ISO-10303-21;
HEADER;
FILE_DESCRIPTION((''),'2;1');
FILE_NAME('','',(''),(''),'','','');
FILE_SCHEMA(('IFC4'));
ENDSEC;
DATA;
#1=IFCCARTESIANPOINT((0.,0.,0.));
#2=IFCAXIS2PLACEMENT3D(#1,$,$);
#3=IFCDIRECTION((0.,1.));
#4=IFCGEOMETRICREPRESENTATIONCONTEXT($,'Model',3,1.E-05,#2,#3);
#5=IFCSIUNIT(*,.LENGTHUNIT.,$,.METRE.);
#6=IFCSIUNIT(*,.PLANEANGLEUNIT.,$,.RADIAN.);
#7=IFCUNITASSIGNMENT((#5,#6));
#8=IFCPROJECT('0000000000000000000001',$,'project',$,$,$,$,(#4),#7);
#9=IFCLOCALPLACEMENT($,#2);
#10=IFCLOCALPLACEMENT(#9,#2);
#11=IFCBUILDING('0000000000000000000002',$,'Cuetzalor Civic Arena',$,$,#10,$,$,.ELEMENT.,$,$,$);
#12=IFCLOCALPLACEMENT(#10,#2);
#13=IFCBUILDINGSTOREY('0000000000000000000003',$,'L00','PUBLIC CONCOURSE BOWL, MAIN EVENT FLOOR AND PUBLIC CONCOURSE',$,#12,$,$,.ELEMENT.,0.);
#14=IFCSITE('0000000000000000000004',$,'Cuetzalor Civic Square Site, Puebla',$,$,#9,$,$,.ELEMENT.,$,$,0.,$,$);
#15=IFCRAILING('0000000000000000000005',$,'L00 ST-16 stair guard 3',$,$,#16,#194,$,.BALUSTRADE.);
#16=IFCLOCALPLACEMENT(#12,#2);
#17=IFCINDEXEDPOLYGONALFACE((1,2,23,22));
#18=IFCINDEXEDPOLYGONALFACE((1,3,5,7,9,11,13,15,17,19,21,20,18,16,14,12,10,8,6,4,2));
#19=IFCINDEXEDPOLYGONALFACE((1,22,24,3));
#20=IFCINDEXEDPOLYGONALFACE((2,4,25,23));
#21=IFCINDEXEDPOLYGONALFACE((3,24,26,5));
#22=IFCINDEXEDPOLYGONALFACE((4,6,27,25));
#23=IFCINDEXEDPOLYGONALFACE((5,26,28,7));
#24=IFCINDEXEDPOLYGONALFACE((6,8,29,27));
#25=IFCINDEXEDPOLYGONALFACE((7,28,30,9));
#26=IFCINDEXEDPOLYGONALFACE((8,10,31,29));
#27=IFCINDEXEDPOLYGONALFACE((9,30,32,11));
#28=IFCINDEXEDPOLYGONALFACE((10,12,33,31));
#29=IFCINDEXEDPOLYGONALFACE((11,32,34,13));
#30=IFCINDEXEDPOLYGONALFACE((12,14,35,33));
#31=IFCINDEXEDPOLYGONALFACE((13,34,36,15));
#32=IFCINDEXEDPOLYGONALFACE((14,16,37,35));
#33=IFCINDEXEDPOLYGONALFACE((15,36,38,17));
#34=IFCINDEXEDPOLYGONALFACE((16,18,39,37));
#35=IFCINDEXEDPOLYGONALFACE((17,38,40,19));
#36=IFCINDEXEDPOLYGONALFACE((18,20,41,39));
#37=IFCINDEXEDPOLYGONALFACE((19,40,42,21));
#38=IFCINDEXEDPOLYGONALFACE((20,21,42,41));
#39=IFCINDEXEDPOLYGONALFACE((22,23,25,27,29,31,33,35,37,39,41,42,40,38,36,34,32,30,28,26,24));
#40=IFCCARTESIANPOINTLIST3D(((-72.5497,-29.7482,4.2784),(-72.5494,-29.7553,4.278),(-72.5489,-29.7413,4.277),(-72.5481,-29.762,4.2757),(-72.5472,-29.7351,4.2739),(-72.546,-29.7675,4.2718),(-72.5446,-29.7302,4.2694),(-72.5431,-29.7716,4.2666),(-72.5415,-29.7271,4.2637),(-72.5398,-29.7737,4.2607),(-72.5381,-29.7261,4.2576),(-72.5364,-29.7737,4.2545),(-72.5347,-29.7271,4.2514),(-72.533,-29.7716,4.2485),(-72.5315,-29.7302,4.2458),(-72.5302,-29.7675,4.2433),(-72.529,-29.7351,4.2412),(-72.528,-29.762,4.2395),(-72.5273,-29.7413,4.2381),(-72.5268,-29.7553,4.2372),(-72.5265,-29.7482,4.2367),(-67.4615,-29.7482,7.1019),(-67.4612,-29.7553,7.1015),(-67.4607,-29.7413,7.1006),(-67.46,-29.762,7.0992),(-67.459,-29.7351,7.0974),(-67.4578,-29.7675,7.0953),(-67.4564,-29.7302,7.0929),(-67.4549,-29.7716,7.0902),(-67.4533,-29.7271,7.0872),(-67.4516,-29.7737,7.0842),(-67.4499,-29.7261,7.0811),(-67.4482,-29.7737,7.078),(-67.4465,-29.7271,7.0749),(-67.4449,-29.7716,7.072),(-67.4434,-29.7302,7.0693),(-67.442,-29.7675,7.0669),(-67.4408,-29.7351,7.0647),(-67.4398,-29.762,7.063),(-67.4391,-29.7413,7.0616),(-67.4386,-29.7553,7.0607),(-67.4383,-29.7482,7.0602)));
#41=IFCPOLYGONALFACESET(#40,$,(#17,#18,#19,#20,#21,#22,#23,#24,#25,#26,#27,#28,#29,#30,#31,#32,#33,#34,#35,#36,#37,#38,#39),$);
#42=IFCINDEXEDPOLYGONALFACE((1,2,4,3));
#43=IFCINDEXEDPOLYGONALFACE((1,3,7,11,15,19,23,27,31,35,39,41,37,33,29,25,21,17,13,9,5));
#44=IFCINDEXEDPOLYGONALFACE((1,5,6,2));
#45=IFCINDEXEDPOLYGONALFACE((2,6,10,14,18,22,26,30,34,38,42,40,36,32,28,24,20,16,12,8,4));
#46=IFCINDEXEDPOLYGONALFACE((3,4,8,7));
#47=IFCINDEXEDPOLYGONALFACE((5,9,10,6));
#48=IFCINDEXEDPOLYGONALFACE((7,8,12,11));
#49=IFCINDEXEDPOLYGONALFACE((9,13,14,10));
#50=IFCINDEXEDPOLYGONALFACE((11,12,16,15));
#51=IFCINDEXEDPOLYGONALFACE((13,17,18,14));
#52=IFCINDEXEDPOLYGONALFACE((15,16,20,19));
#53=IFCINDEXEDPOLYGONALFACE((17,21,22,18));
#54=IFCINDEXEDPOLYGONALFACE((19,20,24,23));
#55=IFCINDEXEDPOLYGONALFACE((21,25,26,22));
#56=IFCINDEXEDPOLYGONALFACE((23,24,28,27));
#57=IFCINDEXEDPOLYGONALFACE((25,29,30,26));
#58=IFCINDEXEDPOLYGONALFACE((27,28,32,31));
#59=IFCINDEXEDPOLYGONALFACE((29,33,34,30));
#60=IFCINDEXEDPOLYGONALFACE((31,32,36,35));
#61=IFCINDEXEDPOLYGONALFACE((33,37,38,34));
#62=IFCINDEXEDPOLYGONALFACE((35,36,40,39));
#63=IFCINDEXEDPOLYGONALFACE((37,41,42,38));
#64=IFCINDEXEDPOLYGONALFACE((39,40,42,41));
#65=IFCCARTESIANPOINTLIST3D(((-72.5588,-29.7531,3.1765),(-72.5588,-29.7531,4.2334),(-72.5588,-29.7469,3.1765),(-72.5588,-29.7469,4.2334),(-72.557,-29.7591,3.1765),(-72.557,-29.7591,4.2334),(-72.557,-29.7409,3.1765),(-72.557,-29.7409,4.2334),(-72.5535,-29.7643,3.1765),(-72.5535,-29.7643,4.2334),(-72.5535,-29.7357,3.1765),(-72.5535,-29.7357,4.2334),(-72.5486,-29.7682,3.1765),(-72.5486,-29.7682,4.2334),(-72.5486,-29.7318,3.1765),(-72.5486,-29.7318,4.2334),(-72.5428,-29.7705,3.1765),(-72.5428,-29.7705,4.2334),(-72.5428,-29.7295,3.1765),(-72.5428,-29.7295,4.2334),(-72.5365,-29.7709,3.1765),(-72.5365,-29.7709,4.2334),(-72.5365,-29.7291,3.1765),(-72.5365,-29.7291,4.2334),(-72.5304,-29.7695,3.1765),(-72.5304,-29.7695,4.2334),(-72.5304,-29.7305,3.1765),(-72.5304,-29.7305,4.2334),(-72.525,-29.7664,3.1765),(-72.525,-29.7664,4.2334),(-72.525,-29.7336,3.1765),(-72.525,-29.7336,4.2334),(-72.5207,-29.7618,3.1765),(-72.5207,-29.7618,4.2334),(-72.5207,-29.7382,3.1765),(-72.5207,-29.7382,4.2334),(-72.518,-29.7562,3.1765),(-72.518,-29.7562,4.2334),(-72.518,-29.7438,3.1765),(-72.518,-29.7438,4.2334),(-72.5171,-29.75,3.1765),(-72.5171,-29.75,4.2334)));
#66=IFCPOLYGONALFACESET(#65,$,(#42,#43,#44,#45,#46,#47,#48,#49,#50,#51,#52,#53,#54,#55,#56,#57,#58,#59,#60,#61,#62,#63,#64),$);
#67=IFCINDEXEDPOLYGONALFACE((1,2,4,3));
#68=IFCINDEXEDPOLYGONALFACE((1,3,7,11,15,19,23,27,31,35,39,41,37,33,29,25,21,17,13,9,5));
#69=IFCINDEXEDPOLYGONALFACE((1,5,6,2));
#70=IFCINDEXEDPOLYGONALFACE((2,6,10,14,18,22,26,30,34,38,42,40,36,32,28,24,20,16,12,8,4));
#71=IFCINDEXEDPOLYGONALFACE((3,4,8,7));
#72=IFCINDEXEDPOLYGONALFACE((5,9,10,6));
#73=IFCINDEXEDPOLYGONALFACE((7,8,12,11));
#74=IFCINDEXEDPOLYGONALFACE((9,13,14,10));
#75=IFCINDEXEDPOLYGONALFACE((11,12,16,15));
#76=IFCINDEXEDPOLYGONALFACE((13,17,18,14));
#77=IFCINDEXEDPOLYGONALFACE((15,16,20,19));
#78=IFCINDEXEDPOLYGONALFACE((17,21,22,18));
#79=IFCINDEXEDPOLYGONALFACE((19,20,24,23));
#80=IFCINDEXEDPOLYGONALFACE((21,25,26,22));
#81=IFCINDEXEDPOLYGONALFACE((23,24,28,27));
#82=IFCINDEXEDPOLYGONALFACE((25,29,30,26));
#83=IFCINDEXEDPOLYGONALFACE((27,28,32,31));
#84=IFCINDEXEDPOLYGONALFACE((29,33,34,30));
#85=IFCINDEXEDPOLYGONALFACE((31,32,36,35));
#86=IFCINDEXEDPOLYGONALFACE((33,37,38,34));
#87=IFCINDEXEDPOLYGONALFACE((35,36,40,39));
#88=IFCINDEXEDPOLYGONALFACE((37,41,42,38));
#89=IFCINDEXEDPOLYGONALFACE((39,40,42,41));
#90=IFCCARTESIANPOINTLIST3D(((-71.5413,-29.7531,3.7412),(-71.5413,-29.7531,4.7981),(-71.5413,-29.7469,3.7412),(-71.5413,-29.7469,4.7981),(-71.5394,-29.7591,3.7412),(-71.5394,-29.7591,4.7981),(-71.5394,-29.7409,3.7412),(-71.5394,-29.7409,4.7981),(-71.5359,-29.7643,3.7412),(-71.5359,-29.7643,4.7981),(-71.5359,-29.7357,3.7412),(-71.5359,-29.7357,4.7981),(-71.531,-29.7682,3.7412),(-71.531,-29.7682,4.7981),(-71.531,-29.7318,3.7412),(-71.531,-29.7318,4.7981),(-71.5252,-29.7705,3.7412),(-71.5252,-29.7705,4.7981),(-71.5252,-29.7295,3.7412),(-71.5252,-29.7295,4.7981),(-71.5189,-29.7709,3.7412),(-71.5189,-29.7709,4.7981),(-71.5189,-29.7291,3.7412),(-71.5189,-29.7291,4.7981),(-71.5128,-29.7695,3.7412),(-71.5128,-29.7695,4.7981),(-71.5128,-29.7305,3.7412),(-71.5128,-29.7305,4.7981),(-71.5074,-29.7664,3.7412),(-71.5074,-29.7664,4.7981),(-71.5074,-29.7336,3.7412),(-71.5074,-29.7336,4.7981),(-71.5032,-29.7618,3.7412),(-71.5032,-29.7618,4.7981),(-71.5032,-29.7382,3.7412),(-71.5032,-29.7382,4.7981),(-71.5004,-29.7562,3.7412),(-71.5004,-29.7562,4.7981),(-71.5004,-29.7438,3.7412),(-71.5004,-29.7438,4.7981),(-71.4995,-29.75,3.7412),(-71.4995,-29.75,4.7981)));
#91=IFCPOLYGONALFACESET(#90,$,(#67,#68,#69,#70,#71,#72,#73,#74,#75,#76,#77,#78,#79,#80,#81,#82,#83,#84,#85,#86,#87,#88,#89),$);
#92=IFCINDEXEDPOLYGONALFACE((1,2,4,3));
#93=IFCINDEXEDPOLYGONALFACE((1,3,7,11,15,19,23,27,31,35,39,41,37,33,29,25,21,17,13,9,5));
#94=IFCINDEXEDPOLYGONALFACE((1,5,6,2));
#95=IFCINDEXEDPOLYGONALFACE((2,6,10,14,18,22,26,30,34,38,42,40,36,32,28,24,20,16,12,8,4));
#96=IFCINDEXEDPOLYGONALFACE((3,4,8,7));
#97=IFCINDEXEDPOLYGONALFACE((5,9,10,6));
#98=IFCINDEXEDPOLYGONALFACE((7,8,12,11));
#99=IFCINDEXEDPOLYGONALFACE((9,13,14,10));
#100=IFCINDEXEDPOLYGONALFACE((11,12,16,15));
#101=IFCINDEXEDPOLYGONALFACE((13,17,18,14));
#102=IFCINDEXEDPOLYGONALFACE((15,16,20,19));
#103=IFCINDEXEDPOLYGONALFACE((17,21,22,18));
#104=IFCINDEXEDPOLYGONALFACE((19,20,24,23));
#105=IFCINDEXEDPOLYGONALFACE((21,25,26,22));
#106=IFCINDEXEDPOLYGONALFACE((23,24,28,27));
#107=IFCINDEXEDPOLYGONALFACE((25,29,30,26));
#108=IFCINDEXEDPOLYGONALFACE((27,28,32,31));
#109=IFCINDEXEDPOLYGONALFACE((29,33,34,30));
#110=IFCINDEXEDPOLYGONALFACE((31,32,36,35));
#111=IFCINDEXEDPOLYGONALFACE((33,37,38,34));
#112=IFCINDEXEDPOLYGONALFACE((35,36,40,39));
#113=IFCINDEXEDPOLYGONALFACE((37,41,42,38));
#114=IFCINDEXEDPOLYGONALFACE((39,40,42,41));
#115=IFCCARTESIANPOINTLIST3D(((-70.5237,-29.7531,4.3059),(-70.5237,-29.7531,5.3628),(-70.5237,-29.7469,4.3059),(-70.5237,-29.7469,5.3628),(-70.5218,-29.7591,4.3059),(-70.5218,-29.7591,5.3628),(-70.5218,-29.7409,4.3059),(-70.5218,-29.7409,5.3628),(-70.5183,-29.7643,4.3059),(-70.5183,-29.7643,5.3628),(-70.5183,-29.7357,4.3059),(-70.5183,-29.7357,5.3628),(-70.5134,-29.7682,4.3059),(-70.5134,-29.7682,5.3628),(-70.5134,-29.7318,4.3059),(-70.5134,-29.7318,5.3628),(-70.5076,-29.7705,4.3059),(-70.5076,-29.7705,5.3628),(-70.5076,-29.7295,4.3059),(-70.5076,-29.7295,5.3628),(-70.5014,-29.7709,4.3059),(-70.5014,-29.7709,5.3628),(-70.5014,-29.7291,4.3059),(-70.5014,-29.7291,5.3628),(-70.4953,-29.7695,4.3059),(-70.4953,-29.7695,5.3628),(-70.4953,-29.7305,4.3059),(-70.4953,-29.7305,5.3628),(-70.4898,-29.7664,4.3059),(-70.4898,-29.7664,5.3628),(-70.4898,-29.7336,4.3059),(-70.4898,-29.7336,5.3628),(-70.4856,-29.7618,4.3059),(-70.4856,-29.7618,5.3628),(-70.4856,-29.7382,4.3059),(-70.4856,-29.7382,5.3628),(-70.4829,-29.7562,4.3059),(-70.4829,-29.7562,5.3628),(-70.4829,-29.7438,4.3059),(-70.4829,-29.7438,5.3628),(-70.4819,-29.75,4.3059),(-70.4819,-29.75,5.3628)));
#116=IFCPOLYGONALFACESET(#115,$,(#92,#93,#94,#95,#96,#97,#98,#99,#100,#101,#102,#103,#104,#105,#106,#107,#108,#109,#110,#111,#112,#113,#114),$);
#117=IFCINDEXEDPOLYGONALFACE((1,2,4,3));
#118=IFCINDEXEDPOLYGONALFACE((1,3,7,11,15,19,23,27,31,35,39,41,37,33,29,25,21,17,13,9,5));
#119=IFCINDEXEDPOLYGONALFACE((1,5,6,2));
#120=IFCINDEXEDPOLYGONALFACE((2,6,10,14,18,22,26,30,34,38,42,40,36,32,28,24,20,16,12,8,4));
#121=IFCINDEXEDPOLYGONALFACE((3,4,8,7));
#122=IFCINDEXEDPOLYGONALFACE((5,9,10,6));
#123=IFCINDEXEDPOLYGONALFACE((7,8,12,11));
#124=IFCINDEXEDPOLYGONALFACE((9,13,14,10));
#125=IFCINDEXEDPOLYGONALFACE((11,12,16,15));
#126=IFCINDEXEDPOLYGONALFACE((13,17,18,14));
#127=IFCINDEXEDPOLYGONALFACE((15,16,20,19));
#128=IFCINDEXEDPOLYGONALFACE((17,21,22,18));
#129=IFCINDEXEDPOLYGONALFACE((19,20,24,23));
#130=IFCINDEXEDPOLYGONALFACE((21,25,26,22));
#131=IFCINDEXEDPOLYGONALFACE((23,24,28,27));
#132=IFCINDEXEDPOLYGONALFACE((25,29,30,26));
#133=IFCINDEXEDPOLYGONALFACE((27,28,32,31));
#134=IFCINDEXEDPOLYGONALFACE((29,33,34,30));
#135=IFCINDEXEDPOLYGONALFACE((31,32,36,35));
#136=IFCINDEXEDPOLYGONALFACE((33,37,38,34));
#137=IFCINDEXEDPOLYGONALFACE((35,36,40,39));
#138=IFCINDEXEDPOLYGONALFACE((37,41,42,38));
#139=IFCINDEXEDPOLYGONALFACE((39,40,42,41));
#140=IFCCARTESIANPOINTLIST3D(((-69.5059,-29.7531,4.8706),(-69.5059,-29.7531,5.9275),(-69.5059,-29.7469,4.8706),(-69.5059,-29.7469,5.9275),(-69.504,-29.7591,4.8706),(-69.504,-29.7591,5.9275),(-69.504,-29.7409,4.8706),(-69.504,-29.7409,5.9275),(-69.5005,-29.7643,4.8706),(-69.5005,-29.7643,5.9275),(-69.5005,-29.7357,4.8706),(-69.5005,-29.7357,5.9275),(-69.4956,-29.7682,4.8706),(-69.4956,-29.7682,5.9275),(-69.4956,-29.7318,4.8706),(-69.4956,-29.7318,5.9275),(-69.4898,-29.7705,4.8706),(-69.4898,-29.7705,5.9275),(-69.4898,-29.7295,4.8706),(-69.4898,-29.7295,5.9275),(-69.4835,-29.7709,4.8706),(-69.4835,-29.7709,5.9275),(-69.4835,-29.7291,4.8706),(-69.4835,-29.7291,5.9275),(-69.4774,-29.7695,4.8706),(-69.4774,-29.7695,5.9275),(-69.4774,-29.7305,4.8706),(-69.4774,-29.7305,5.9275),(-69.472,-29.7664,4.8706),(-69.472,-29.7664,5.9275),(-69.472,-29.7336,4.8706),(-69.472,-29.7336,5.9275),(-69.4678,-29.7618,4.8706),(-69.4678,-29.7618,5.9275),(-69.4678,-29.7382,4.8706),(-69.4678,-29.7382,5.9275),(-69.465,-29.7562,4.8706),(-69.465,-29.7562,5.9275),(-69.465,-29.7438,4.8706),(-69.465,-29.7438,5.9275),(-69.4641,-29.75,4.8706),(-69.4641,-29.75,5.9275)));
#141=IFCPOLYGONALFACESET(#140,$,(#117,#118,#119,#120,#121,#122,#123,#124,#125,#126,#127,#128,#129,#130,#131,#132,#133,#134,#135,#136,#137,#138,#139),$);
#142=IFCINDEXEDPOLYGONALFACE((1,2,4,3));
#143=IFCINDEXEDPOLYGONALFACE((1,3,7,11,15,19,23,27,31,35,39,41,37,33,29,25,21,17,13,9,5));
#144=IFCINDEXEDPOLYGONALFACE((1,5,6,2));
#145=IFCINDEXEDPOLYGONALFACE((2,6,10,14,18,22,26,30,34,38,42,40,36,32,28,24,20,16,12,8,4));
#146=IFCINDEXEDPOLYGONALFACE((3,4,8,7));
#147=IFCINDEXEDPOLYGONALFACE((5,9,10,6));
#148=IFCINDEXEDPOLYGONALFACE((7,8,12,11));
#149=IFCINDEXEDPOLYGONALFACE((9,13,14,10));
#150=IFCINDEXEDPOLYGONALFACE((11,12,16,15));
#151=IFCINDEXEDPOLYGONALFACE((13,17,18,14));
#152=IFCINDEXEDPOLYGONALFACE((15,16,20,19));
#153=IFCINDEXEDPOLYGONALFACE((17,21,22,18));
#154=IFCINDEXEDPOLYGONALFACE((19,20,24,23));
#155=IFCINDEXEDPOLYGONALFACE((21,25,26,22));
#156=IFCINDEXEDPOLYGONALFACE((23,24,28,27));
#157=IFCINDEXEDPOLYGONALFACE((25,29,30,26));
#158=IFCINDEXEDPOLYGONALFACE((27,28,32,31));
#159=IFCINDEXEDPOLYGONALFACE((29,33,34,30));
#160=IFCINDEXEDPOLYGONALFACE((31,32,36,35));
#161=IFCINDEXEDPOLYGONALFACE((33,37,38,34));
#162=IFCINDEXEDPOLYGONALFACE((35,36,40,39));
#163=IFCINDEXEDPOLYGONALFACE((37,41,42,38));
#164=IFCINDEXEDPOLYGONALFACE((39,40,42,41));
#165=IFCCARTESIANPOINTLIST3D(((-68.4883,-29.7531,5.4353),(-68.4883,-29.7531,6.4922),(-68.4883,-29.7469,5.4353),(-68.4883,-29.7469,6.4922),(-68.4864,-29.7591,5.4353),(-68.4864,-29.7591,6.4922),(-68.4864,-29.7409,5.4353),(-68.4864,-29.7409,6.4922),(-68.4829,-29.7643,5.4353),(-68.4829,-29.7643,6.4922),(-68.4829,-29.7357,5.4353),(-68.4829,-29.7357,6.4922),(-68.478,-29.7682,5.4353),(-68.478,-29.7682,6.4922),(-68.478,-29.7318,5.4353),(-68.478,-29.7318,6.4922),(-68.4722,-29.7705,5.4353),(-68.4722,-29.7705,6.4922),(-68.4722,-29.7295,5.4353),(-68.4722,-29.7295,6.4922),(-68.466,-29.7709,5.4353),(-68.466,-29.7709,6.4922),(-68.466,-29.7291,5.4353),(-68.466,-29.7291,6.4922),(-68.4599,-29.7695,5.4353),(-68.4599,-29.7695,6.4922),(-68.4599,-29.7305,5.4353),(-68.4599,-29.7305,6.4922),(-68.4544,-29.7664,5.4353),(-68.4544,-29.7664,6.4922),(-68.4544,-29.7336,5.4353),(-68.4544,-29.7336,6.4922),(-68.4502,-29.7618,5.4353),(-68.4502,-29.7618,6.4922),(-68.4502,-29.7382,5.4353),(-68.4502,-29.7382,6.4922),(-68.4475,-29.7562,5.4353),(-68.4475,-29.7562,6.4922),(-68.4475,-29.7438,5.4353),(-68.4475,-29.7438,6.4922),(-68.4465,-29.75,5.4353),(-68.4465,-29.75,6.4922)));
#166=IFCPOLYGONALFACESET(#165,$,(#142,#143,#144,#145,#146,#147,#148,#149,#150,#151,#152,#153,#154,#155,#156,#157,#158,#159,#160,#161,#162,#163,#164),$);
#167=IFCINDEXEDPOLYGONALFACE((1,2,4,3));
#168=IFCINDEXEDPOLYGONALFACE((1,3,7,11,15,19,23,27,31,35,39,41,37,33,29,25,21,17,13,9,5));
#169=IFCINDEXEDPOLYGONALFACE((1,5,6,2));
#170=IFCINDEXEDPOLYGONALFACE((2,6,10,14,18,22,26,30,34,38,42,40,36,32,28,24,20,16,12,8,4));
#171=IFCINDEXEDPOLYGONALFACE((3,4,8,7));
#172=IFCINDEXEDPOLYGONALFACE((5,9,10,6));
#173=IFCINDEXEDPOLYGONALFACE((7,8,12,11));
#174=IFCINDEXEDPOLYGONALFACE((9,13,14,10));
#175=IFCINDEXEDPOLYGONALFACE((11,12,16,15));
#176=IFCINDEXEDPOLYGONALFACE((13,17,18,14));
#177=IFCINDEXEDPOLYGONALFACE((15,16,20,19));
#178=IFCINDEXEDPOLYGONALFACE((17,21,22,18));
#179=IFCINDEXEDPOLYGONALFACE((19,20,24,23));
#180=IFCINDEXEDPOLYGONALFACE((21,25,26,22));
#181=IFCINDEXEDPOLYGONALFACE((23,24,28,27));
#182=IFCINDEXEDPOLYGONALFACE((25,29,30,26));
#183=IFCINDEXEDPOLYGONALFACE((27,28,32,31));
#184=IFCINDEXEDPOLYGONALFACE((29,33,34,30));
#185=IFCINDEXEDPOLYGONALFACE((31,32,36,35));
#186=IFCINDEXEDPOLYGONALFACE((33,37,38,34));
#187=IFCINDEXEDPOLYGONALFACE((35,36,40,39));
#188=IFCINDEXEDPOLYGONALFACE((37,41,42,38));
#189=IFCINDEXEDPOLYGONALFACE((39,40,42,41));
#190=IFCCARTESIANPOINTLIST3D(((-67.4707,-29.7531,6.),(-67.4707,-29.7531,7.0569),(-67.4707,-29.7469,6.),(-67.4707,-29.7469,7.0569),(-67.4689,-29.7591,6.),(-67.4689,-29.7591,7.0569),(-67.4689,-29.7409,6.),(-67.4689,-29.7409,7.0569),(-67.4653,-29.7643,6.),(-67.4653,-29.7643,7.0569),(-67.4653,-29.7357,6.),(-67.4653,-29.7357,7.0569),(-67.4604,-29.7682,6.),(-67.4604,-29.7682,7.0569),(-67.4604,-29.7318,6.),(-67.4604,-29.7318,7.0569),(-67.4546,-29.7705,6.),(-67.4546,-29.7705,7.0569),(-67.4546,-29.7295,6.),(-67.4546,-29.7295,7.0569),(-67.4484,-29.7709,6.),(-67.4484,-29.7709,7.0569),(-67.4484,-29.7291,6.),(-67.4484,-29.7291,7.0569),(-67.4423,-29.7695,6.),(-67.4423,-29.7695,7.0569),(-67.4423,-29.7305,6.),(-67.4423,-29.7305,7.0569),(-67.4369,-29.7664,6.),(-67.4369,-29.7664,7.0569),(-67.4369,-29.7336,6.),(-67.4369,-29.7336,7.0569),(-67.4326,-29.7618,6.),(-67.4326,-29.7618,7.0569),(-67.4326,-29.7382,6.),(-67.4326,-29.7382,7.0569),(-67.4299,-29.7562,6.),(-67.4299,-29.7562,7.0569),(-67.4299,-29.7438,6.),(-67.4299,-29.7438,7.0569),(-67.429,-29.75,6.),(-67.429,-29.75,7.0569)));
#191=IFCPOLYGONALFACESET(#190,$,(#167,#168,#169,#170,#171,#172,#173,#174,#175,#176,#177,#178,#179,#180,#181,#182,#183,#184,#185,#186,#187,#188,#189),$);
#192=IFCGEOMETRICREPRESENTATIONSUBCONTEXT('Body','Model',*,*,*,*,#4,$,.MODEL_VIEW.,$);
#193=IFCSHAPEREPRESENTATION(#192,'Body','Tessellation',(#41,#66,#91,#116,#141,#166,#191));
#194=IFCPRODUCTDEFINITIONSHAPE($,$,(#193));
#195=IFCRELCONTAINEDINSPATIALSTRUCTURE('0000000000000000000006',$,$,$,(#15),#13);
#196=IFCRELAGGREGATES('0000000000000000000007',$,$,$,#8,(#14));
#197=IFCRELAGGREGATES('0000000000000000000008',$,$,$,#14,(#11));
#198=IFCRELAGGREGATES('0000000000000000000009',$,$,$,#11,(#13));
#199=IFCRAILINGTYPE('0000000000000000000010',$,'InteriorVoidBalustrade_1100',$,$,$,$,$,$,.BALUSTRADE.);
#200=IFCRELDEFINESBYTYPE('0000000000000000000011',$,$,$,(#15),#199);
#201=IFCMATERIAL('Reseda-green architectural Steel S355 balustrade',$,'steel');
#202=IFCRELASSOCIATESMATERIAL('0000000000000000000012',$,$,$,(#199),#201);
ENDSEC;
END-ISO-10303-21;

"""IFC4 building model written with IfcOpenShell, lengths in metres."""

from ifc_helpers import new_model, si_unit, direction, frame, origin, origin_2d, place, context, subcontext, project, spatial, circle, extrude, material, type_object, element, save


model = new_model("IFC4")

# Units and contexts
model_context = context("Model", 3, precision=1e-05, world=origin(), true_north=direction((0.0, 1.0)))
body_context = subcontext(model_context, "Body", "Model", "MODEL_VIEW")
ifc_project = project(units=[si_unit("LENGTHUNIT", "METRE"), si_unit("PLANEANGLEUNIT", "RADIAN")], contexts=[model_context])

# Site, building, storey
site_placement = place(None, origin())
site = spatial("IfcSite", under=ifc_project, at=site_placement, Name="Cuetzalor Civic Square Site, Puebla", CompositionType="ELEMENT", RefElevation=0.0)
building_placement = place(site_placement, origin())
building = spatial("IfcBuilding", under=site, at=building_placement, Name="Cuetzalor Civic Arena", CompositionType="ELEMENT")
storey_placement = place(building_placement, origin())
storey = spatial("IfcBuildingStorey", under=building, at=storey_placement, Name="L00", Description="PUBLIC CONCOURSE BOWL, MAIN EVENT FLOOR AND PUBLIC CONCOURSE", CompositionType="ELEMENT", Elevation=0.0)

# Railing
ifc_material_1 = material(Name="Reseda-green architectural Steel S355 balustrade", Category="steel")
railing_type_1 = type_object("IfcRailingType", Name="InteriorVoidBalustrade_1100", PredefinedType="BALUSTRADE", material=ifc_material_1)
railing_1_placement = place(storey_placement, frame((-72.5381, -29.75, 3.1765)))
element("IfcRailing", 1, at=railing_1_placement, inside=storey, type_object=railing_type_1, Name="L00 ST-16 stair guard 3", PredefinedType="BALUSTRADE", context=body_context, shape_type="SweptSolid", body=[
    extrude(circle(Radius=0.0239, at=origin_2d()), frame((0.0, 0.0, 1.0811), z_axis=(0.874395, 0.0, 0.485215), x_axis=(0.0, 1.0, 0.0)), (0.0, 0.0, 1.0), 5.8191),
    extrude(circle(Radius=0.021, at=origin_2d()), origin(), (0.0, 0.0, 1.0), 1.0569),
    extrude(circle(Radius=0.021, at=origin_2d()), frame((1.0176, 0.0, 0.5647)), (0.0, 0.0, 1.0), 1.0569),
    extrude(circle(Radius=0.021, at=origin_2d()), frame((2.0352, 0.0, 1.1294)), (0.0, 0.0, 1.0), 1.0569),
    extrude(circle(Radius=0.021, at=origin_2d()), frame((3.053, 0.0, 1.6941)), (0.0, 0.0, 1.0), 1.0569),
    extrude(circle(Radius=0.021, at=origin_2d()), frame((4.0706, 0.0, 2.2588)), (0.0, 0.0, 1.0), 1.0569),
    extrude(circle(Radius=0.021, at=origin_2d()), frame((5.0881, 0.0, 2.8235)), (0.0, 0.0, 1.0), 1.0569),
])

save(model, "model.ifc")
